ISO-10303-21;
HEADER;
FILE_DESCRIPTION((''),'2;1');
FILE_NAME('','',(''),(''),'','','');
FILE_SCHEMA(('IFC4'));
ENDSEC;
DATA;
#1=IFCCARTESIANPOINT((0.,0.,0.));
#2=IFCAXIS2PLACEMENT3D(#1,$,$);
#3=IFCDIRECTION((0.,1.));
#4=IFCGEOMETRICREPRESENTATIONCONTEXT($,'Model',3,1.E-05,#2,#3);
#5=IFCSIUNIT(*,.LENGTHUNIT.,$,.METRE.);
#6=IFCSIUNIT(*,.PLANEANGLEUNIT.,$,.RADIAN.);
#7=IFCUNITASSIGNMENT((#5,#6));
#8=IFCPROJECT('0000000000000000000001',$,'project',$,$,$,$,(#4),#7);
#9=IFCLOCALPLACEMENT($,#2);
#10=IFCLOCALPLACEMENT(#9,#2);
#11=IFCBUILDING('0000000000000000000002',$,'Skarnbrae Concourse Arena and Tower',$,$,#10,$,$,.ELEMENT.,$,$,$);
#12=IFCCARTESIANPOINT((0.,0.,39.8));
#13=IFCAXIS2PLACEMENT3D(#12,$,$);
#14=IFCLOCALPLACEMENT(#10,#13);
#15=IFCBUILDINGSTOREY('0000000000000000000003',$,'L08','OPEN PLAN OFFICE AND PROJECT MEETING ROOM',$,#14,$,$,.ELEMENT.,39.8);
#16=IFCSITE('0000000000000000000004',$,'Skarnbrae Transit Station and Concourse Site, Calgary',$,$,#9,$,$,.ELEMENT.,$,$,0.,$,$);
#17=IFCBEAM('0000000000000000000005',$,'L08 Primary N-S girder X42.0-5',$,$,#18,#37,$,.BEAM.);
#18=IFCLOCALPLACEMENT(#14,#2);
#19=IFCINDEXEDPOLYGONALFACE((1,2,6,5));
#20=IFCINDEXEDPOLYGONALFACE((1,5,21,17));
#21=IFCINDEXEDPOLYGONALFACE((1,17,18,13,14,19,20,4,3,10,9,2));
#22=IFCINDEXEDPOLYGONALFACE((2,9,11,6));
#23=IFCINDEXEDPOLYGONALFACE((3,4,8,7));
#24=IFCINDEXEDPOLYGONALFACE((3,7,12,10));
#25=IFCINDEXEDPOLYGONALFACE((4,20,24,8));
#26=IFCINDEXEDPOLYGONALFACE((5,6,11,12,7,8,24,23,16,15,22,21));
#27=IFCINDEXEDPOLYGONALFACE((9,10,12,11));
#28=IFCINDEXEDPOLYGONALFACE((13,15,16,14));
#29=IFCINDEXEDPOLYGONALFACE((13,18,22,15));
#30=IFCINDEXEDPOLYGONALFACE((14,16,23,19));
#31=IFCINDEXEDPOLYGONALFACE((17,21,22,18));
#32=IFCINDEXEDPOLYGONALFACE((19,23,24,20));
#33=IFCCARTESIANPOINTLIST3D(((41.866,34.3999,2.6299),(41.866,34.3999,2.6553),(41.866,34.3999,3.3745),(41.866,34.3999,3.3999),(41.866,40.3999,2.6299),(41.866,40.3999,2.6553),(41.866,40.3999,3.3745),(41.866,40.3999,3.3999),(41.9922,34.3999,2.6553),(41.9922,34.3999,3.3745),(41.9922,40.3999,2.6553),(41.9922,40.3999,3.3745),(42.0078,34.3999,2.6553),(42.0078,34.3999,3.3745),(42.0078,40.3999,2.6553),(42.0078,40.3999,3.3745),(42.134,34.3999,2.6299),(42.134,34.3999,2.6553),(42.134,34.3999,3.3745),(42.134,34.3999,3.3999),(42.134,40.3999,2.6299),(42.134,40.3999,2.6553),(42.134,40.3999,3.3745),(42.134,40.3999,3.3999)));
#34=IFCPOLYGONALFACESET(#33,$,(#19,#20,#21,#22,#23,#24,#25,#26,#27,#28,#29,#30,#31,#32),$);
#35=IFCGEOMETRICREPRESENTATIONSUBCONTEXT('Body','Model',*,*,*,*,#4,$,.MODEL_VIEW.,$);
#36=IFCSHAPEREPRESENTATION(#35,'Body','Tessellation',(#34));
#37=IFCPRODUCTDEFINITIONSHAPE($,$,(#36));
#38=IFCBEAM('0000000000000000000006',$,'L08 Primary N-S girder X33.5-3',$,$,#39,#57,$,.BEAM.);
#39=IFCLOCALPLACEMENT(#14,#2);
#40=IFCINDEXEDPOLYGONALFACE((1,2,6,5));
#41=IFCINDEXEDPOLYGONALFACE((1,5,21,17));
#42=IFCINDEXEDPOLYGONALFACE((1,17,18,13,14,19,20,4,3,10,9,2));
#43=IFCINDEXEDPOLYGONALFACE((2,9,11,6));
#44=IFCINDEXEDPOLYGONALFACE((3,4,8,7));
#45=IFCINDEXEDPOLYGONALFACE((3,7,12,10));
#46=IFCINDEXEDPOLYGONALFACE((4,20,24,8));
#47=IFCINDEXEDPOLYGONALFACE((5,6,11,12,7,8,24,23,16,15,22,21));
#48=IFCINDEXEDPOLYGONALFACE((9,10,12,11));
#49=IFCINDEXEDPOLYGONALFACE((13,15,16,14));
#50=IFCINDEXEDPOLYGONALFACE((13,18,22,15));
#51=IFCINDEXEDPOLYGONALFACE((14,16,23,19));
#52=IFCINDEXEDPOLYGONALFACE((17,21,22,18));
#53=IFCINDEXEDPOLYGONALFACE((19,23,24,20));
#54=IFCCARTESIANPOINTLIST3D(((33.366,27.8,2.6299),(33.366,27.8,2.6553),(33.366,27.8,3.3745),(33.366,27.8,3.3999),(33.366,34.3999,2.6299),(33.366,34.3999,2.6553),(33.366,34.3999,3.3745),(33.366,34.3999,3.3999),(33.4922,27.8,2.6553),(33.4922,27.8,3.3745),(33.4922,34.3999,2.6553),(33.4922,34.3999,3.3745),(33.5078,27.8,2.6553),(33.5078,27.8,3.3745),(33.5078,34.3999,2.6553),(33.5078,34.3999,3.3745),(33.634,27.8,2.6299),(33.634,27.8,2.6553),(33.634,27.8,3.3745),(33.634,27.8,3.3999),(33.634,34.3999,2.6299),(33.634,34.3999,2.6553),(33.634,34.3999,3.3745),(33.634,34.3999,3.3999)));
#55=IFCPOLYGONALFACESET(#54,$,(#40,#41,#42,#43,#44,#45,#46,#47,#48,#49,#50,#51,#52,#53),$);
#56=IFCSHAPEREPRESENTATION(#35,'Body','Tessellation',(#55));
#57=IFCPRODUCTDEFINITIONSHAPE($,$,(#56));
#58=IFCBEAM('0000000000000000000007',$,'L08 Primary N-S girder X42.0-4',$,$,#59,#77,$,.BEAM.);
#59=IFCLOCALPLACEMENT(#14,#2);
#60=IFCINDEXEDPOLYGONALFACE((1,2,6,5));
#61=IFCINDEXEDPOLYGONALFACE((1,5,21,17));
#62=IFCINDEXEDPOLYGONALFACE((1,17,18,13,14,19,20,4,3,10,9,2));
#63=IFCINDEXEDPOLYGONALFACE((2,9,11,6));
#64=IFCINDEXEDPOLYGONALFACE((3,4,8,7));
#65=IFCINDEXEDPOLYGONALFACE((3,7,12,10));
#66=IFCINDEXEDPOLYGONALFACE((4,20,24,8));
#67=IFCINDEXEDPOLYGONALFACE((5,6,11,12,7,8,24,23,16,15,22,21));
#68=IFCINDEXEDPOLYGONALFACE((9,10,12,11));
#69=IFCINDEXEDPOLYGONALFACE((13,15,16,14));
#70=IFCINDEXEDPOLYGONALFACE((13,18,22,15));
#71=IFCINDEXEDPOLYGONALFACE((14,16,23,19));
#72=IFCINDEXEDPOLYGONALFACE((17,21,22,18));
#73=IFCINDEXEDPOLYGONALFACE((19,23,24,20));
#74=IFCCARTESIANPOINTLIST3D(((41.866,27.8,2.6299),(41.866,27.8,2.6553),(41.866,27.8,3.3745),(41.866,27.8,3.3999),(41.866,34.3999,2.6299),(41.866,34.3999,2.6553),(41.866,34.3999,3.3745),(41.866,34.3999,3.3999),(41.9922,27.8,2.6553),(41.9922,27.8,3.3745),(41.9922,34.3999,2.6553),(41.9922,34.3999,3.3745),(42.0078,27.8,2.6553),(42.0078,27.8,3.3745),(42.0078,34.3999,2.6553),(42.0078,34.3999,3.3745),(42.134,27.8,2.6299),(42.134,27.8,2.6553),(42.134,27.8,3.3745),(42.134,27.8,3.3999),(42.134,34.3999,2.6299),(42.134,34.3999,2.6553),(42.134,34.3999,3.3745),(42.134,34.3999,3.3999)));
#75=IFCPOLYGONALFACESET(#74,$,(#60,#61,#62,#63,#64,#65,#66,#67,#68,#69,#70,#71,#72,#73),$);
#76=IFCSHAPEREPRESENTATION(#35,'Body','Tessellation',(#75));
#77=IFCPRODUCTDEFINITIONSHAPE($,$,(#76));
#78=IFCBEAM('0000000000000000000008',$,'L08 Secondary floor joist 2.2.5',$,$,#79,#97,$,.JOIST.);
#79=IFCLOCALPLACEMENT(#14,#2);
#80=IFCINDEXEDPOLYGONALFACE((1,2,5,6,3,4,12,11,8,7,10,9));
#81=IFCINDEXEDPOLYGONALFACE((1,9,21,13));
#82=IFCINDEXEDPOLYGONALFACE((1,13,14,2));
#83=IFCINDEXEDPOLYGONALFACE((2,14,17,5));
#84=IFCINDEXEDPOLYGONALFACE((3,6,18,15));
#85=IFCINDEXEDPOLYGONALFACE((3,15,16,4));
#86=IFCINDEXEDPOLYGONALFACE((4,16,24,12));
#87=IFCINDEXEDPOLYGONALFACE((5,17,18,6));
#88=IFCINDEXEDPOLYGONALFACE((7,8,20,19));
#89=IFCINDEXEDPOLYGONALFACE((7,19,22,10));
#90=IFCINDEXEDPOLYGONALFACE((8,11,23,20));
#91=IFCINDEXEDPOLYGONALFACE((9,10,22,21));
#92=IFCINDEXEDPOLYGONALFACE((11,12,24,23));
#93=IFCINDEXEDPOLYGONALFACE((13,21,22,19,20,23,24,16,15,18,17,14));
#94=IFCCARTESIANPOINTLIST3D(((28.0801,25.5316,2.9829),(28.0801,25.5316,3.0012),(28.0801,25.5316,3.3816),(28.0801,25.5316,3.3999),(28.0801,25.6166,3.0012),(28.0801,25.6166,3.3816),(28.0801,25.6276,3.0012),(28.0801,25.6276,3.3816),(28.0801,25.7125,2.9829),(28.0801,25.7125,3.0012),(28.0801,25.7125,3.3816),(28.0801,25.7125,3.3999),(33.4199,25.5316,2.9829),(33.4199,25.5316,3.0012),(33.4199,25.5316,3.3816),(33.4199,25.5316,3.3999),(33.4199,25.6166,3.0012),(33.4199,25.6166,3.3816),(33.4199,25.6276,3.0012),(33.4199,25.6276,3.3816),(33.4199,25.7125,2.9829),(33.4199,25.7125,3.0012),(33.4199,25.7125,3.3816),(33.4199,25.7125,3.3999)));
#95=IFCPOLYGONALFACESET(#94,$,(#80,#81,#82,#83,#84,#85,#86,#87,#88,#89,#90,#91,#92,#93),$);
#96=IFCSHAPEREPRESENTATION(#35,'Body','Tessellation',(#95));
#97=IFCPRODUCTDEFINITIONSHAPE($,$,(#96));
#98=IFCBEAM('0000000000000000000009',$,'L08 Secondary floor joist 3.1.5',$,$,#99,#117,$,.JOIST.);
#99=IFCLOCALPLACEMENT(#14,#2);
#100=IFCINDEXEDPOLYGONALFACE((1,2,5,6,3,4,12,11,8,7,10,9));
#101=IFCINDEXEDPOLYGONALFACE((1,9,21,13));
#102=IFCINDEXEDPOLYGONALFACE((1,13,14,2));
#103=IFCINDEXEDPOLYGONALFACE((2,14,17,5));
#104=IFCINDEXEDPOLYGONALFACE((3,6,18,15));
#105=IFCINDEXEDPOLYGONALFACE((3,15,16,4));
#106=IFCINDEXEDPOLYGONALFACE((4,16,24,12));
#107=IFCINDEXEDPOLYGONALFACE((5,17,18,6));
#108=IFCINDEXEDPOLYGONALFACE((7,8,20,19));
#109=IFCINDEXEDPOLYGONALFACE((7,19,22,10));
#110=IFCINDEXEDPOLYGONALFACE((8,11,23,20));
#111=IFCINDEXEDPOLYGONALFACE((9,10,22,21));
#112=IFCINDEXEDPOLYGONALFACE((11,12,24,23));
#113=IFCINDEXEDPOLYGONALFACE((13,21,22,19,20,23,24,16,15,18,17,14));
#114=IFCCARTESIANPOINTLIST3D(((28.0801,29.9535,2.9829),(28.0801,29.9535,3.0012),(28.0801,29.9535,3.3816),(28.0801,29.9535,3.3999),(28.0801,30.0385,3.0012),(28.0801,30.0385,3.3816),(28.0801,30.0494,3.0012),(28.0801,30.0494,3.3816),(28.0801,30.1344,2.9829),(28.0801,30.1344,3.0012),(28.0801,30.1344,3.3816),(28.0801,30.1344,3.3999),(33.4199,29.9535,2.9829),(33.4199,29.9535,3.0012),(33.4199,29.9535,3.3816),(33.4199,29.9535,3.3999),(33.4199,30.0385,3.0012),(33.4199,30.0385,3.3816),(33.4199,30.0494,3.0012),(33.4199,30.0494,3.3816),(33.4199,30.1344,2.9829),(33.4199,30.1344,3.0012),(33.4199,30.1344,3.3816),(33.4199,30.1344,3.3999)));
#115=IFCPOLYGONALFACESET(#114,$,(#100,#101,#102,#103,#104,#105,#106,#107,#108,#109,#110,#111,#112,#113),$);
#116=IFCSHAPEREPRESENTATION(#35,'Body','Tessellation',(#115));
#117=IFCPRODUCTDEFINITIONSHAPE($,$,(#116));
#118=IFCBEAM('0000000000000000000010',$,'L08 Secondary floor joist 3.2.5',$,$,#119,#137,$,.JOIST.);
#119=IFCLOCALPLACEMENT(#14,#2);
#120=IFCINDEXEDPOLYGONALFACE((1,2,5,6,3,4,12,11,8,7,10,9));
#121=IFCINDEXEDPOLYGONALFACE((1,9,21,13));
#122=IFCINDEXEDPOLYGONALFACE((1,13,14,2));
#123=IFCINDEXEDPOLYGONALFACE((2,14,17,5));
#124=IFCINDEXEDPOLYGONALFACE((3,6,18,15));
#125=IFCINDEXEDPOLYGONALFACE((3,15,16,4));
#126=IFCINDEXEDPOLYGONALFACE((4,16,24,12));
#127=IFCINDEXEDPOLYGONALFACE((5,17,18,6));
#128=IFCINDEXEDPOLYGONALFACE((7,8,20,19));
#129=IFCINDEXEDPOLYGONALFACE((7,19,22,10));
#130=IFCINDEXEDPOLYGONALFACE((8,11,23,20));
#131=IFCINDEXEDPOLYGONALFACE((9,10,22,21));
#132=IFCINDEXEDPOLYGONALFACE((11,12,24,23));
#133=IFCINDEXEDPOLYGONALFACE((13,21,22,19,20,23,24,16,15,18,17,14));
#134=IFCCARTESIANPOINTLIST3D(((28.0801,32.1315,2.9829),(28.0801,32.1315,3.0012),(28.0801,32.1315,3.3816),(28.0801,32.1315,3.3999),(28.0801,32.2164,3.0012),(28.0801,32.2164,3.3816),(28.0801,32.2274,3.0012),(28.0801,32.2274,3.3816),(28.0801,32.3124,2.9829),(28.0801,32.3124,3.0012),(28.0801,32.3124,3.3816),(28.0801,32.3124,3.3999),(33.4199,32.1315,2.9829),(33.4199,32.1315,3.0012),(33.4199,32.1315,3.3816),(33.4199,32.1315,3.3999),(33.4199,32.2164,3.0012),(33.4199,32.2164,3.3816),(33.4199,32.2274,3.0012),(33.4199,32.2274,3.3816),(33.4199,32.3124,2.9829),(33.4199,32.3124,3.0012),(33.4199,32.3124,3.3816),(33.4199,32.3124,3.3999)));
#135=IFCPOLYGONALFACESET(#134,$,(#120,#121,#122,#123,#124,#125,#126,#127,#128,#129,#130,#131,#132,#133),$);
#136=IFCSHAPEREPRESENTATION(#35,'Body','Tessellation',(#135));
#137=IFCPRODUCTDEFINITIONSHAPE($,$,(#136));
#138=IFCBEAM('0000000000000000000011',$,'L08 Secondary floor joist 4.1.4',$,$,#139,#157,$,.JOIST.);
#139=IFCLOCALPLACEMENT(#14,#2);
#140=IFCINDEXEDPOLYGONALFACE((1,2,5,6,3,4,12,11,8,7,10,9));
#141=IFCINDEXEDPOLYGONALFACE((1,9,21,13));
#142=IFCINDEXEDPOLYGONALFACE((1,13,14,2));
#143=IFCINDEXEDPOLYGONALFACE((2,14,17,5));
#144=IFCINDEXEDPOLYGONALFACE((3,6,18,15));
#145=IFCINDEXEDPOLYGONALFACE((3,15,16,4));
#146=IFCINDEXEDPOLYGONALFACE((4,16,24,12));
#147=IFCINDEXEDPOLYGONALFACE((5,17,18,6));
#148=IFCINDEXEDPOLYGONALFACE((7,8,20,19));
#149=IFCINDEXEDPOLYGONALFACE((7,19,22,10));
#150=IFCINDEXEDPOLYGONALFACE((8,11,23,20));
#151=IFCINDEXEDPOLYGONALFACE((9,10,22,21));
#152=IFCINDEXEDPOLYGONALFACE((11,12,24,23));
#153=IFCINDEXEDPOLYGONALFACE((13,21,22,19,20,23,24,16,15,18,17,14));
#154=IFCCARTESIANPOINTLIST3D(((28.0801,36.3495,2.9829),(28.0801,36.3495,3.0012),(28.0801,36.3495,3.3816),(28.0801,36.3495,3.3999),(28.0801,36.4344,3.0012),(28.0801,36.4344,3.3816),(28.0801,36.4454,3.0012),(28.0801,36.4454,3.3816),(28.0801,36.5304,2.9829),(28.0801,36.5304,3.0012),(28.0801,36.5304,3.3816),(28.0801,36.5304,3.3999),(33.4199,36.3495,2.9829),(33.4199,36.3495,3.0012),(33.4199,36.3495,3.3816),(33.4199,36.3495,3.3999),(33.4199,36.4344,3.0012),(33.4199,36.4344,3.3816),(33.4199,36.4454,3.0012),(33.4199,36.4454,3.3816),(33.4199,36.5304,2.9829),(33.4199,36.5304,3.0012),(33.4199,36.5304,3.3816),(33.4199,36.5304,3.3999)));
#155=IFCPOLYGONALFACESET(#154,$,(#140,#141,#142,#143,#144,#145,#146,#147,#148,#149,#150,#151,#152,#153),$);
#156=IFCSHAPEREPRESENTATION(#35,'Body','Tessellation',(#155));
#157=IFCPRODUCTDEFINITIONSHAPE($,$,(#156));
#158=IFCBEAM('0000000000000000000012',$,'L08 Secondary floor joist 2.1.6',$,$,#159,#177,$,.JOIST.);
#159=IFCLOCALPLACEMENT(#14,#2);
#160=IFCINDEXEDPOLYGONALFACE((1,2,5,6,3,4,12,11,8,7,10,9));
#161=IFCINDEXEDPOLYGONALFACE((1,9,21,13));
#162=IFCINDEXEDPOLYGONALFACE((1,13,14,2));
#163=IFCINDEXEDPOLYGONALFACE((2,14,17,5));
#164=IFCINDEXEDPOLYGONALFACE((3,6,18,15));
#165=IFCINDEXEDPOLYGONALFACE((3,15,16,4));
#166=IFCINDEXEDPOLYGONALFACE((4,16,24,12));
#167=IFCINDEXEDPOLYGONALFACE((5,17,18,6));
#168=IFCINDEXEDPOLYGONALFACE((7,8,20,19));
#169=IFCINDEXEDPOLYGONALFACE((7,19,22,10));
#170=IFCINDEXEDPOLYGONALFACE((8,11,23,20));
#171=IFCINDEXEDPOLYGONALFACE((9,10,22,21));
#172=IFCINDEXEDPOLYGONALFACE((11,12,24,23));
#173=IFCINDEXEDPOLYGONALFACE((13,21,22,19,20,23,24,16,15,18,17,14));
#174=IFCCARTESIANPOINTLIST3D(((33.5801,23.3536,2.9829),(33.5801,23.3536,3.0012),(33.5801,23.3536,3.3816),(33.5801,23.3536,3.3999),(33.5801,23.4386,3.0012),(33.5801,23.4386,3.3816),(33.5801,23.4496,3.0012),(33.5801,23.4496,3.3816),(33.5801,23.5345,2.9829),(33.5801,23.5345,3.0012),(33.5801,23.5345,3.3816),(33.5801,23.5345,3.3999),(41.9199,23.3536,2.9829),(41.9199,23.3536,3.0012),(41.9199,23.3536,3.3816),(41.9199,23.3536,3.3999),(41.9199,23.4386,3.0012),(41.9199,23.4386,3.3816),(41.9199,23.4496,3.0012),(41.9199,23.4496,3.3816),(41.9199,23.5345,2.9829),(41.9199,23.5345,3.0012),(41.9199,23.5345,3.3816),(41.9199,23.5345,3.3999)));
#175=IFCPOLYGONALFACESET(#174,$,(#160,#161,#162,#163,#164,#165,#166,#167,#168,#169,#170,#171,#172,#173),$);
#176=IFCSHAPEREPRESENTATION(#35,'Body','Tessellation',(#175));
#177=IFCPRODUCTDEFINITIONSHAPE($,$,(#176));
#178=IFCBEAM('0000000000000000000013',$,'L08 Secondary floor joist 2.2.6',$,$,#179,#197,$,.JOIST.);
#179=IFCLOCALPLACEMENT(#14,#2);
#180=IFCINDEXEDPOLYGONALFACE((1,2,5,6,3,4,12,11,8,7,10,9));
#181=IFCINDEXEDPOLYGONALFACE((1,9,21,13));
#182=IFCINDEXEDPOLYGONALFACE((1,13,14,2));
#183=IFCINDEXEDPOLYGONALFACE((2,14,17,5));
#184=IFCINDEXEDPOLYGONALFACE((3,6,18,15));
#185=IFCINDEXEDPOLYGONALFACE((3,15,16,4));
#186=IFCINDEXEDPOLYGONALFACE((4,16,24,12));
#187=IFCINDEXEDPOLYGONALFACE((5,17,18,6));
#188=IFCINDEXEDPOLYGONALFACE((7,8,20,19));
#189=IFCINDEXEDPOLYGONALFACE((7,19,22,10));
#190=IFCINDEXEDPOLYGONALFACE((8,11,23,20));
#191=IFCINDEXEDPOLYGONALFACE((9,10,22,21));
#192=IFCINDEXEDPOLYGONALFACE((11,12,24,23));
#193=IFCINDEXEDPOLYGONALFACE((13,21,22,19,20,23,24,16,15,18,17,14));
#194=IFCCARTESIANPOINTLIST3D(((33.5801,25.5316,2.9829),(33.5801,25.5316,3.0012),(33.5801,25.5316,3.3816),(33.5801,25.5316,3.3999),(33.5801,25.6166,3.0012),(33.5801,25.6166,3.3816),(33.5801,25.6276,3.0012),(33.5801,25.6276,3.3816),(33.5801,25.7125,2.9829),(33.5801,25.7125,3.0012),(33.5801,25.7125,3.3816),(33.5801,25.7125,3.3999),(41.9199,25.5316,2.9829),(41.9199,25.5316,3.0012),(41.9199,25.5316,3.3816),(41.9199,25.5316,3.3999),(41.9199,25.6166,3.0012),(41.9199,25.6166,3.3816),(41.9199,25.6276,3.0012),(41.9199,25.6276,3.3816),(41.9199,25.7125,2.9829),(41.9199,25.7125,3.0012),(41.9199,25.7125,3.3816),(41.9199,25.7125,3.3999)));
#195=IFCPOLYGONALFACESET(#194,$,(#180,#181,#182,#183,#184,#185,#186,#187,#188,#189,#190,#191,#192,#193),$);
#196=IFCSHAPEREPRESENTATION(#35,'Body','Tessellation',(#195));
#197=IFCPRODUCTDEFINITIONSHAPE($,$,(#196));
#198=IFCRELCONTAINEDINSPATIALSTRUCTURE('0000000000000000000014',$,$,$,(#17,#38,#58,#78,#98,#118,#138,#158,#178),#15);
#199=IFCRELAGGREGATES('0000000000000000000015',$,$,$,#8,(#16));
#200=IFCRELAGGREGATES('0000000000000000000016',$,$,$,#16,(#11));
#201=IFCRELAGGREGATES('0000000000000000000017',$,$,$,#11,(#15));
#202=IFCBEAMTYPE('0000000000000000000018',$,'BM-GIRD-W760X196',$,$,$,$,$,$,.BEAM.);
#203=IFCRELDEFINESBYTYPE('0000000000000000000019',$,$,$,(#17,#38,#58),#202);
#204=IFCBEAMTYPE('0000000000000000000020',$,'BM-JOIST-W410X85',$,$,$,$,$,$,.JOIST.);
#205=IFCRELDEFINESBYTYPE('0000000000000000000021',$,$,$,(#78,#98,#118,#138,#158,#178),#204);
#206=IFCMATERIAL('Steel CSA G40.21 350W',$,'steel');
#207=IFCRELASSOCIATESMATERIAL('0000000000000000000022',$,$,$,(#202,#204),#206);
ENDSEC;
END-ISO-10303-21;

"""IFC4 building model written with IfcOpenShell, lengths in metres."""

from ifc_helpers import new_model, si_unit, direction, frame, origin, origin_2d, place, context, subcontext, project, spatial, i_section, extrude, source, transform, mapped, material, material_profile, profile_set, type_object, element, save


model = new_model("IFC4")

# Units and contexts
model_context = context("Model", 3, precision=1e-05, world=origin(), true_north=direction((0.0, 1.0)))
body_context = subcontext(model_context, "Body", "Model", "MODEL_VIEW")
ifc_project = project(units=[si_unit("LENGTHUNIT", "METRE"), si_unit("PLANEANGLEUNIT", "RADIAN")], contexts=[model_context])

# Site, building, storey
site_placement = place(None, origin())
site = spatial("IfcSite", under=ifc_project, at=site_placement, Name="Skarnbrae Transit Station and Concourse Site, Calgary", CompositionType="ELEMENT", RefElevation=0.0)
building_placement = place(site_placement, origin())
building = spatial("IfcBuilding", under=site, at=building_placement, Name="Skarnbrae Concourse Arena and Tower", CompositionType="ELEMENT")
storey_placement = place(building_placement, frame((0.0, 0.0, 39.8)))
storey = spatial("IfcBuildingStorey", under=building, at=storey_placement, Name="L08", Description="OPEN PLAN OFFICE AND PROJECT MEETING ROOM", CompositionType="ELEMENT", Elevation=39.8)

# Shared definitions
ifc_material_1 = material(Name="Steel CSA G40.21 350W", Category="steel")

# Beams
ifc_material_profile_1 = material_profile(ifc_material_1, i_section(OverallWidth=0.2681, OverallDepth=0.77, WebThickness=0.0156, FlangeThickness=0.0254, at=origin_2d()), Name="W760X196")
ifc_profile_set_1 = profile_set([ifc_material_profile_1], Name="Steel CSA G40.21 350W")
beam_type_1 = type_object("IfcBeamType", Name="BM-GIRD-W760X196", PredefinedType="BEAM", material=ifc_profile_set_1)
shared_shape_1 = source(origin(), body_context, "Body", "SweptSolid", [
    extrude(i_section(OverallWidth=0.2681, OverallDepth=0.77, WebThickness=0.0156, FlangeThickness=0.0254, at=origin_2d()), origin(), (0.0, 0.0, 1.0), 6.0),
])
for number, where, z_axis, x_axis, name in (
    (1, (42.0, 34.3999, 3.0149), (0.0, 1.0, 0.0), (-1.0, 0.0, 0.0), "L08 Primary N-S girder X42.0-5"),
):
    element("IfcBeam", number, at=place(storey_placement, frame(where, z_axis=z_axis, x_axis=x_axis)), inside=storey, type_object=beam_type_1, Name=name, PredefinedType="BEAM", context=body_context, shape_type="MappedRepresentation", body=[
        mapped(shared_shape_1, transform((0.0, 0.0, 0.0))),
    ])
shared_shape_2 = source(origin(), body_context, "Body", "SweptSolid", [
    extrude(i_section(OverallWidth=0.2681, OverallDepth=0.77, WebThickness=0.0156, FlangeThickness=0.0254, at=origin_2d()), origin(), (0.0, 0.0, 1.0), 6.5999),
])
for number, where, z_axis, x_axis, name in (
    (2, (33.5, 27.8, 3.0149), (0.0, 1.0, 0.0), (-1.0, 0.0, 0.0), "L08 Primary N-S girder X33.5-3"),
    (3, (42.0, 27.8, 3.0149), (0.0, 1.0, 0.0), (-1.0, 0.0, 0.0), "L08 Primary N-S girder X42.0-4"),
):
    element("IfcBeam", number, at=place(storey_placement, frame(where, z_axis=z_axis, x_axis=x_axis)), inside=storey, type_object=beam_type_1, Name=name, PredefinedType="BEAM", context=body_context, shape_type="MappedRepresentation", body=[
        mapped(shared_shape_2, transform((0.0, 0.0, 0.0))),
    ])
ifc_material_profile_2 = material_profile(ifc_material_1, i_section(OverallWidth=0.1809, OverallDepth=0.417, WebThickness=0.011, FlangeThickness=0.0183, at=origin_2d()), Name="W410X85")
ifc_profile_set_2 = profile_set([ifc_material_profile_2], Name="Steel CSA G40.21 350W")
beam_type_2 = type_object("IfcBeamType", Name="BM-JOIST-W410X85", PredefinedType="JOIST", material=ifc_profile_set_2)
shared_shape_3 = source(origin(), body_context, "Body", "SweptSolid", [
    extrude(i_section(OverallWidth=0.1809, OverallDepth=0.417, WebThickness=0.011, FlangeThickness=0.0183, at=origin_2d()), origin(), (0.0, 0.0, 1.0), 5.3398),
])
for number, where, z_axis, x_axis, name in (
    (4, (28.0801, 25.6221, 3.1914), (1.0, 0.0, 0.0), (0.0, 1.0, 0.0), "L08 Secondary floor joist 2.2.5"),
    (5, (28.0801, 30.0439, 3.1914), (1.0, 0.0, 0.0), (0.0, 1.0, 0.0), "L08 Secondary floor joist 3.1.5"),
    (6, (28.0801, 32.2219, 3.1914), (1.0, 0.0, 0.0), (0.0, 1.0, 0.0), "L08 Secondary floor joist 3.2.5"),
    (7, (28.0801, 36.4399, 3.1914), (1.0, 0.0, 0.0), (0.0, 1.0, 0.0), "L08 Secondary floor joist 4.1.4"),
):
    element("IfcBeam", number, at=place(storey_placement, frame(where, z_axis=z_axis, x_axis=x_axis)), inside=storey, type_object=beam_type_2, Name=name, PredefinedType="JOIST", context=body_context, shape_type="MappedRepresentation", body=[
        mapped(shared_shape_3, transform((0.0, 0.0, 0.0))),
    ])
shared_shape_4 = source(origin(), body_context, "Body", "SweptSolid", [
    extrude(i_section(OverallWidth=0.1809, OverallDepth=0.417, WebThickness=0.011, FlangeThickness=0.0183, at=origin_2d()), origin(), (0.0, 0.0, 1.0), 8.3398),
])
for number, where, z_axis, x_axis, name in (
    (8, (33.5801, 23.4441, 3.1914), (1.0, 0.0, 0.0), (0.0, 1.0, 0.0), "L08 Secondary floor joist 2.1.6"),
    (9, (33.5801, 25.6221, 3.1914), (1.0, 0.0, 0.0), (0.0, 1.0, 0.0), "L08 Secondary floor joist 2.2.6"),
):
    element("IfcBeam", number, at=place(storey_placement, frame(where, z_axis=z_axis, x_axis=x_axis)), inside=storey, type_object=beam_type_2, Name=name, PredefinedType="JOIST", context=body_context, shape_type="MappedRepresentation", body=[
        mapped(shared_shape_4, transform((0.0, 0.0, 0.0))),
    ])

save(model, "model.ifc")
